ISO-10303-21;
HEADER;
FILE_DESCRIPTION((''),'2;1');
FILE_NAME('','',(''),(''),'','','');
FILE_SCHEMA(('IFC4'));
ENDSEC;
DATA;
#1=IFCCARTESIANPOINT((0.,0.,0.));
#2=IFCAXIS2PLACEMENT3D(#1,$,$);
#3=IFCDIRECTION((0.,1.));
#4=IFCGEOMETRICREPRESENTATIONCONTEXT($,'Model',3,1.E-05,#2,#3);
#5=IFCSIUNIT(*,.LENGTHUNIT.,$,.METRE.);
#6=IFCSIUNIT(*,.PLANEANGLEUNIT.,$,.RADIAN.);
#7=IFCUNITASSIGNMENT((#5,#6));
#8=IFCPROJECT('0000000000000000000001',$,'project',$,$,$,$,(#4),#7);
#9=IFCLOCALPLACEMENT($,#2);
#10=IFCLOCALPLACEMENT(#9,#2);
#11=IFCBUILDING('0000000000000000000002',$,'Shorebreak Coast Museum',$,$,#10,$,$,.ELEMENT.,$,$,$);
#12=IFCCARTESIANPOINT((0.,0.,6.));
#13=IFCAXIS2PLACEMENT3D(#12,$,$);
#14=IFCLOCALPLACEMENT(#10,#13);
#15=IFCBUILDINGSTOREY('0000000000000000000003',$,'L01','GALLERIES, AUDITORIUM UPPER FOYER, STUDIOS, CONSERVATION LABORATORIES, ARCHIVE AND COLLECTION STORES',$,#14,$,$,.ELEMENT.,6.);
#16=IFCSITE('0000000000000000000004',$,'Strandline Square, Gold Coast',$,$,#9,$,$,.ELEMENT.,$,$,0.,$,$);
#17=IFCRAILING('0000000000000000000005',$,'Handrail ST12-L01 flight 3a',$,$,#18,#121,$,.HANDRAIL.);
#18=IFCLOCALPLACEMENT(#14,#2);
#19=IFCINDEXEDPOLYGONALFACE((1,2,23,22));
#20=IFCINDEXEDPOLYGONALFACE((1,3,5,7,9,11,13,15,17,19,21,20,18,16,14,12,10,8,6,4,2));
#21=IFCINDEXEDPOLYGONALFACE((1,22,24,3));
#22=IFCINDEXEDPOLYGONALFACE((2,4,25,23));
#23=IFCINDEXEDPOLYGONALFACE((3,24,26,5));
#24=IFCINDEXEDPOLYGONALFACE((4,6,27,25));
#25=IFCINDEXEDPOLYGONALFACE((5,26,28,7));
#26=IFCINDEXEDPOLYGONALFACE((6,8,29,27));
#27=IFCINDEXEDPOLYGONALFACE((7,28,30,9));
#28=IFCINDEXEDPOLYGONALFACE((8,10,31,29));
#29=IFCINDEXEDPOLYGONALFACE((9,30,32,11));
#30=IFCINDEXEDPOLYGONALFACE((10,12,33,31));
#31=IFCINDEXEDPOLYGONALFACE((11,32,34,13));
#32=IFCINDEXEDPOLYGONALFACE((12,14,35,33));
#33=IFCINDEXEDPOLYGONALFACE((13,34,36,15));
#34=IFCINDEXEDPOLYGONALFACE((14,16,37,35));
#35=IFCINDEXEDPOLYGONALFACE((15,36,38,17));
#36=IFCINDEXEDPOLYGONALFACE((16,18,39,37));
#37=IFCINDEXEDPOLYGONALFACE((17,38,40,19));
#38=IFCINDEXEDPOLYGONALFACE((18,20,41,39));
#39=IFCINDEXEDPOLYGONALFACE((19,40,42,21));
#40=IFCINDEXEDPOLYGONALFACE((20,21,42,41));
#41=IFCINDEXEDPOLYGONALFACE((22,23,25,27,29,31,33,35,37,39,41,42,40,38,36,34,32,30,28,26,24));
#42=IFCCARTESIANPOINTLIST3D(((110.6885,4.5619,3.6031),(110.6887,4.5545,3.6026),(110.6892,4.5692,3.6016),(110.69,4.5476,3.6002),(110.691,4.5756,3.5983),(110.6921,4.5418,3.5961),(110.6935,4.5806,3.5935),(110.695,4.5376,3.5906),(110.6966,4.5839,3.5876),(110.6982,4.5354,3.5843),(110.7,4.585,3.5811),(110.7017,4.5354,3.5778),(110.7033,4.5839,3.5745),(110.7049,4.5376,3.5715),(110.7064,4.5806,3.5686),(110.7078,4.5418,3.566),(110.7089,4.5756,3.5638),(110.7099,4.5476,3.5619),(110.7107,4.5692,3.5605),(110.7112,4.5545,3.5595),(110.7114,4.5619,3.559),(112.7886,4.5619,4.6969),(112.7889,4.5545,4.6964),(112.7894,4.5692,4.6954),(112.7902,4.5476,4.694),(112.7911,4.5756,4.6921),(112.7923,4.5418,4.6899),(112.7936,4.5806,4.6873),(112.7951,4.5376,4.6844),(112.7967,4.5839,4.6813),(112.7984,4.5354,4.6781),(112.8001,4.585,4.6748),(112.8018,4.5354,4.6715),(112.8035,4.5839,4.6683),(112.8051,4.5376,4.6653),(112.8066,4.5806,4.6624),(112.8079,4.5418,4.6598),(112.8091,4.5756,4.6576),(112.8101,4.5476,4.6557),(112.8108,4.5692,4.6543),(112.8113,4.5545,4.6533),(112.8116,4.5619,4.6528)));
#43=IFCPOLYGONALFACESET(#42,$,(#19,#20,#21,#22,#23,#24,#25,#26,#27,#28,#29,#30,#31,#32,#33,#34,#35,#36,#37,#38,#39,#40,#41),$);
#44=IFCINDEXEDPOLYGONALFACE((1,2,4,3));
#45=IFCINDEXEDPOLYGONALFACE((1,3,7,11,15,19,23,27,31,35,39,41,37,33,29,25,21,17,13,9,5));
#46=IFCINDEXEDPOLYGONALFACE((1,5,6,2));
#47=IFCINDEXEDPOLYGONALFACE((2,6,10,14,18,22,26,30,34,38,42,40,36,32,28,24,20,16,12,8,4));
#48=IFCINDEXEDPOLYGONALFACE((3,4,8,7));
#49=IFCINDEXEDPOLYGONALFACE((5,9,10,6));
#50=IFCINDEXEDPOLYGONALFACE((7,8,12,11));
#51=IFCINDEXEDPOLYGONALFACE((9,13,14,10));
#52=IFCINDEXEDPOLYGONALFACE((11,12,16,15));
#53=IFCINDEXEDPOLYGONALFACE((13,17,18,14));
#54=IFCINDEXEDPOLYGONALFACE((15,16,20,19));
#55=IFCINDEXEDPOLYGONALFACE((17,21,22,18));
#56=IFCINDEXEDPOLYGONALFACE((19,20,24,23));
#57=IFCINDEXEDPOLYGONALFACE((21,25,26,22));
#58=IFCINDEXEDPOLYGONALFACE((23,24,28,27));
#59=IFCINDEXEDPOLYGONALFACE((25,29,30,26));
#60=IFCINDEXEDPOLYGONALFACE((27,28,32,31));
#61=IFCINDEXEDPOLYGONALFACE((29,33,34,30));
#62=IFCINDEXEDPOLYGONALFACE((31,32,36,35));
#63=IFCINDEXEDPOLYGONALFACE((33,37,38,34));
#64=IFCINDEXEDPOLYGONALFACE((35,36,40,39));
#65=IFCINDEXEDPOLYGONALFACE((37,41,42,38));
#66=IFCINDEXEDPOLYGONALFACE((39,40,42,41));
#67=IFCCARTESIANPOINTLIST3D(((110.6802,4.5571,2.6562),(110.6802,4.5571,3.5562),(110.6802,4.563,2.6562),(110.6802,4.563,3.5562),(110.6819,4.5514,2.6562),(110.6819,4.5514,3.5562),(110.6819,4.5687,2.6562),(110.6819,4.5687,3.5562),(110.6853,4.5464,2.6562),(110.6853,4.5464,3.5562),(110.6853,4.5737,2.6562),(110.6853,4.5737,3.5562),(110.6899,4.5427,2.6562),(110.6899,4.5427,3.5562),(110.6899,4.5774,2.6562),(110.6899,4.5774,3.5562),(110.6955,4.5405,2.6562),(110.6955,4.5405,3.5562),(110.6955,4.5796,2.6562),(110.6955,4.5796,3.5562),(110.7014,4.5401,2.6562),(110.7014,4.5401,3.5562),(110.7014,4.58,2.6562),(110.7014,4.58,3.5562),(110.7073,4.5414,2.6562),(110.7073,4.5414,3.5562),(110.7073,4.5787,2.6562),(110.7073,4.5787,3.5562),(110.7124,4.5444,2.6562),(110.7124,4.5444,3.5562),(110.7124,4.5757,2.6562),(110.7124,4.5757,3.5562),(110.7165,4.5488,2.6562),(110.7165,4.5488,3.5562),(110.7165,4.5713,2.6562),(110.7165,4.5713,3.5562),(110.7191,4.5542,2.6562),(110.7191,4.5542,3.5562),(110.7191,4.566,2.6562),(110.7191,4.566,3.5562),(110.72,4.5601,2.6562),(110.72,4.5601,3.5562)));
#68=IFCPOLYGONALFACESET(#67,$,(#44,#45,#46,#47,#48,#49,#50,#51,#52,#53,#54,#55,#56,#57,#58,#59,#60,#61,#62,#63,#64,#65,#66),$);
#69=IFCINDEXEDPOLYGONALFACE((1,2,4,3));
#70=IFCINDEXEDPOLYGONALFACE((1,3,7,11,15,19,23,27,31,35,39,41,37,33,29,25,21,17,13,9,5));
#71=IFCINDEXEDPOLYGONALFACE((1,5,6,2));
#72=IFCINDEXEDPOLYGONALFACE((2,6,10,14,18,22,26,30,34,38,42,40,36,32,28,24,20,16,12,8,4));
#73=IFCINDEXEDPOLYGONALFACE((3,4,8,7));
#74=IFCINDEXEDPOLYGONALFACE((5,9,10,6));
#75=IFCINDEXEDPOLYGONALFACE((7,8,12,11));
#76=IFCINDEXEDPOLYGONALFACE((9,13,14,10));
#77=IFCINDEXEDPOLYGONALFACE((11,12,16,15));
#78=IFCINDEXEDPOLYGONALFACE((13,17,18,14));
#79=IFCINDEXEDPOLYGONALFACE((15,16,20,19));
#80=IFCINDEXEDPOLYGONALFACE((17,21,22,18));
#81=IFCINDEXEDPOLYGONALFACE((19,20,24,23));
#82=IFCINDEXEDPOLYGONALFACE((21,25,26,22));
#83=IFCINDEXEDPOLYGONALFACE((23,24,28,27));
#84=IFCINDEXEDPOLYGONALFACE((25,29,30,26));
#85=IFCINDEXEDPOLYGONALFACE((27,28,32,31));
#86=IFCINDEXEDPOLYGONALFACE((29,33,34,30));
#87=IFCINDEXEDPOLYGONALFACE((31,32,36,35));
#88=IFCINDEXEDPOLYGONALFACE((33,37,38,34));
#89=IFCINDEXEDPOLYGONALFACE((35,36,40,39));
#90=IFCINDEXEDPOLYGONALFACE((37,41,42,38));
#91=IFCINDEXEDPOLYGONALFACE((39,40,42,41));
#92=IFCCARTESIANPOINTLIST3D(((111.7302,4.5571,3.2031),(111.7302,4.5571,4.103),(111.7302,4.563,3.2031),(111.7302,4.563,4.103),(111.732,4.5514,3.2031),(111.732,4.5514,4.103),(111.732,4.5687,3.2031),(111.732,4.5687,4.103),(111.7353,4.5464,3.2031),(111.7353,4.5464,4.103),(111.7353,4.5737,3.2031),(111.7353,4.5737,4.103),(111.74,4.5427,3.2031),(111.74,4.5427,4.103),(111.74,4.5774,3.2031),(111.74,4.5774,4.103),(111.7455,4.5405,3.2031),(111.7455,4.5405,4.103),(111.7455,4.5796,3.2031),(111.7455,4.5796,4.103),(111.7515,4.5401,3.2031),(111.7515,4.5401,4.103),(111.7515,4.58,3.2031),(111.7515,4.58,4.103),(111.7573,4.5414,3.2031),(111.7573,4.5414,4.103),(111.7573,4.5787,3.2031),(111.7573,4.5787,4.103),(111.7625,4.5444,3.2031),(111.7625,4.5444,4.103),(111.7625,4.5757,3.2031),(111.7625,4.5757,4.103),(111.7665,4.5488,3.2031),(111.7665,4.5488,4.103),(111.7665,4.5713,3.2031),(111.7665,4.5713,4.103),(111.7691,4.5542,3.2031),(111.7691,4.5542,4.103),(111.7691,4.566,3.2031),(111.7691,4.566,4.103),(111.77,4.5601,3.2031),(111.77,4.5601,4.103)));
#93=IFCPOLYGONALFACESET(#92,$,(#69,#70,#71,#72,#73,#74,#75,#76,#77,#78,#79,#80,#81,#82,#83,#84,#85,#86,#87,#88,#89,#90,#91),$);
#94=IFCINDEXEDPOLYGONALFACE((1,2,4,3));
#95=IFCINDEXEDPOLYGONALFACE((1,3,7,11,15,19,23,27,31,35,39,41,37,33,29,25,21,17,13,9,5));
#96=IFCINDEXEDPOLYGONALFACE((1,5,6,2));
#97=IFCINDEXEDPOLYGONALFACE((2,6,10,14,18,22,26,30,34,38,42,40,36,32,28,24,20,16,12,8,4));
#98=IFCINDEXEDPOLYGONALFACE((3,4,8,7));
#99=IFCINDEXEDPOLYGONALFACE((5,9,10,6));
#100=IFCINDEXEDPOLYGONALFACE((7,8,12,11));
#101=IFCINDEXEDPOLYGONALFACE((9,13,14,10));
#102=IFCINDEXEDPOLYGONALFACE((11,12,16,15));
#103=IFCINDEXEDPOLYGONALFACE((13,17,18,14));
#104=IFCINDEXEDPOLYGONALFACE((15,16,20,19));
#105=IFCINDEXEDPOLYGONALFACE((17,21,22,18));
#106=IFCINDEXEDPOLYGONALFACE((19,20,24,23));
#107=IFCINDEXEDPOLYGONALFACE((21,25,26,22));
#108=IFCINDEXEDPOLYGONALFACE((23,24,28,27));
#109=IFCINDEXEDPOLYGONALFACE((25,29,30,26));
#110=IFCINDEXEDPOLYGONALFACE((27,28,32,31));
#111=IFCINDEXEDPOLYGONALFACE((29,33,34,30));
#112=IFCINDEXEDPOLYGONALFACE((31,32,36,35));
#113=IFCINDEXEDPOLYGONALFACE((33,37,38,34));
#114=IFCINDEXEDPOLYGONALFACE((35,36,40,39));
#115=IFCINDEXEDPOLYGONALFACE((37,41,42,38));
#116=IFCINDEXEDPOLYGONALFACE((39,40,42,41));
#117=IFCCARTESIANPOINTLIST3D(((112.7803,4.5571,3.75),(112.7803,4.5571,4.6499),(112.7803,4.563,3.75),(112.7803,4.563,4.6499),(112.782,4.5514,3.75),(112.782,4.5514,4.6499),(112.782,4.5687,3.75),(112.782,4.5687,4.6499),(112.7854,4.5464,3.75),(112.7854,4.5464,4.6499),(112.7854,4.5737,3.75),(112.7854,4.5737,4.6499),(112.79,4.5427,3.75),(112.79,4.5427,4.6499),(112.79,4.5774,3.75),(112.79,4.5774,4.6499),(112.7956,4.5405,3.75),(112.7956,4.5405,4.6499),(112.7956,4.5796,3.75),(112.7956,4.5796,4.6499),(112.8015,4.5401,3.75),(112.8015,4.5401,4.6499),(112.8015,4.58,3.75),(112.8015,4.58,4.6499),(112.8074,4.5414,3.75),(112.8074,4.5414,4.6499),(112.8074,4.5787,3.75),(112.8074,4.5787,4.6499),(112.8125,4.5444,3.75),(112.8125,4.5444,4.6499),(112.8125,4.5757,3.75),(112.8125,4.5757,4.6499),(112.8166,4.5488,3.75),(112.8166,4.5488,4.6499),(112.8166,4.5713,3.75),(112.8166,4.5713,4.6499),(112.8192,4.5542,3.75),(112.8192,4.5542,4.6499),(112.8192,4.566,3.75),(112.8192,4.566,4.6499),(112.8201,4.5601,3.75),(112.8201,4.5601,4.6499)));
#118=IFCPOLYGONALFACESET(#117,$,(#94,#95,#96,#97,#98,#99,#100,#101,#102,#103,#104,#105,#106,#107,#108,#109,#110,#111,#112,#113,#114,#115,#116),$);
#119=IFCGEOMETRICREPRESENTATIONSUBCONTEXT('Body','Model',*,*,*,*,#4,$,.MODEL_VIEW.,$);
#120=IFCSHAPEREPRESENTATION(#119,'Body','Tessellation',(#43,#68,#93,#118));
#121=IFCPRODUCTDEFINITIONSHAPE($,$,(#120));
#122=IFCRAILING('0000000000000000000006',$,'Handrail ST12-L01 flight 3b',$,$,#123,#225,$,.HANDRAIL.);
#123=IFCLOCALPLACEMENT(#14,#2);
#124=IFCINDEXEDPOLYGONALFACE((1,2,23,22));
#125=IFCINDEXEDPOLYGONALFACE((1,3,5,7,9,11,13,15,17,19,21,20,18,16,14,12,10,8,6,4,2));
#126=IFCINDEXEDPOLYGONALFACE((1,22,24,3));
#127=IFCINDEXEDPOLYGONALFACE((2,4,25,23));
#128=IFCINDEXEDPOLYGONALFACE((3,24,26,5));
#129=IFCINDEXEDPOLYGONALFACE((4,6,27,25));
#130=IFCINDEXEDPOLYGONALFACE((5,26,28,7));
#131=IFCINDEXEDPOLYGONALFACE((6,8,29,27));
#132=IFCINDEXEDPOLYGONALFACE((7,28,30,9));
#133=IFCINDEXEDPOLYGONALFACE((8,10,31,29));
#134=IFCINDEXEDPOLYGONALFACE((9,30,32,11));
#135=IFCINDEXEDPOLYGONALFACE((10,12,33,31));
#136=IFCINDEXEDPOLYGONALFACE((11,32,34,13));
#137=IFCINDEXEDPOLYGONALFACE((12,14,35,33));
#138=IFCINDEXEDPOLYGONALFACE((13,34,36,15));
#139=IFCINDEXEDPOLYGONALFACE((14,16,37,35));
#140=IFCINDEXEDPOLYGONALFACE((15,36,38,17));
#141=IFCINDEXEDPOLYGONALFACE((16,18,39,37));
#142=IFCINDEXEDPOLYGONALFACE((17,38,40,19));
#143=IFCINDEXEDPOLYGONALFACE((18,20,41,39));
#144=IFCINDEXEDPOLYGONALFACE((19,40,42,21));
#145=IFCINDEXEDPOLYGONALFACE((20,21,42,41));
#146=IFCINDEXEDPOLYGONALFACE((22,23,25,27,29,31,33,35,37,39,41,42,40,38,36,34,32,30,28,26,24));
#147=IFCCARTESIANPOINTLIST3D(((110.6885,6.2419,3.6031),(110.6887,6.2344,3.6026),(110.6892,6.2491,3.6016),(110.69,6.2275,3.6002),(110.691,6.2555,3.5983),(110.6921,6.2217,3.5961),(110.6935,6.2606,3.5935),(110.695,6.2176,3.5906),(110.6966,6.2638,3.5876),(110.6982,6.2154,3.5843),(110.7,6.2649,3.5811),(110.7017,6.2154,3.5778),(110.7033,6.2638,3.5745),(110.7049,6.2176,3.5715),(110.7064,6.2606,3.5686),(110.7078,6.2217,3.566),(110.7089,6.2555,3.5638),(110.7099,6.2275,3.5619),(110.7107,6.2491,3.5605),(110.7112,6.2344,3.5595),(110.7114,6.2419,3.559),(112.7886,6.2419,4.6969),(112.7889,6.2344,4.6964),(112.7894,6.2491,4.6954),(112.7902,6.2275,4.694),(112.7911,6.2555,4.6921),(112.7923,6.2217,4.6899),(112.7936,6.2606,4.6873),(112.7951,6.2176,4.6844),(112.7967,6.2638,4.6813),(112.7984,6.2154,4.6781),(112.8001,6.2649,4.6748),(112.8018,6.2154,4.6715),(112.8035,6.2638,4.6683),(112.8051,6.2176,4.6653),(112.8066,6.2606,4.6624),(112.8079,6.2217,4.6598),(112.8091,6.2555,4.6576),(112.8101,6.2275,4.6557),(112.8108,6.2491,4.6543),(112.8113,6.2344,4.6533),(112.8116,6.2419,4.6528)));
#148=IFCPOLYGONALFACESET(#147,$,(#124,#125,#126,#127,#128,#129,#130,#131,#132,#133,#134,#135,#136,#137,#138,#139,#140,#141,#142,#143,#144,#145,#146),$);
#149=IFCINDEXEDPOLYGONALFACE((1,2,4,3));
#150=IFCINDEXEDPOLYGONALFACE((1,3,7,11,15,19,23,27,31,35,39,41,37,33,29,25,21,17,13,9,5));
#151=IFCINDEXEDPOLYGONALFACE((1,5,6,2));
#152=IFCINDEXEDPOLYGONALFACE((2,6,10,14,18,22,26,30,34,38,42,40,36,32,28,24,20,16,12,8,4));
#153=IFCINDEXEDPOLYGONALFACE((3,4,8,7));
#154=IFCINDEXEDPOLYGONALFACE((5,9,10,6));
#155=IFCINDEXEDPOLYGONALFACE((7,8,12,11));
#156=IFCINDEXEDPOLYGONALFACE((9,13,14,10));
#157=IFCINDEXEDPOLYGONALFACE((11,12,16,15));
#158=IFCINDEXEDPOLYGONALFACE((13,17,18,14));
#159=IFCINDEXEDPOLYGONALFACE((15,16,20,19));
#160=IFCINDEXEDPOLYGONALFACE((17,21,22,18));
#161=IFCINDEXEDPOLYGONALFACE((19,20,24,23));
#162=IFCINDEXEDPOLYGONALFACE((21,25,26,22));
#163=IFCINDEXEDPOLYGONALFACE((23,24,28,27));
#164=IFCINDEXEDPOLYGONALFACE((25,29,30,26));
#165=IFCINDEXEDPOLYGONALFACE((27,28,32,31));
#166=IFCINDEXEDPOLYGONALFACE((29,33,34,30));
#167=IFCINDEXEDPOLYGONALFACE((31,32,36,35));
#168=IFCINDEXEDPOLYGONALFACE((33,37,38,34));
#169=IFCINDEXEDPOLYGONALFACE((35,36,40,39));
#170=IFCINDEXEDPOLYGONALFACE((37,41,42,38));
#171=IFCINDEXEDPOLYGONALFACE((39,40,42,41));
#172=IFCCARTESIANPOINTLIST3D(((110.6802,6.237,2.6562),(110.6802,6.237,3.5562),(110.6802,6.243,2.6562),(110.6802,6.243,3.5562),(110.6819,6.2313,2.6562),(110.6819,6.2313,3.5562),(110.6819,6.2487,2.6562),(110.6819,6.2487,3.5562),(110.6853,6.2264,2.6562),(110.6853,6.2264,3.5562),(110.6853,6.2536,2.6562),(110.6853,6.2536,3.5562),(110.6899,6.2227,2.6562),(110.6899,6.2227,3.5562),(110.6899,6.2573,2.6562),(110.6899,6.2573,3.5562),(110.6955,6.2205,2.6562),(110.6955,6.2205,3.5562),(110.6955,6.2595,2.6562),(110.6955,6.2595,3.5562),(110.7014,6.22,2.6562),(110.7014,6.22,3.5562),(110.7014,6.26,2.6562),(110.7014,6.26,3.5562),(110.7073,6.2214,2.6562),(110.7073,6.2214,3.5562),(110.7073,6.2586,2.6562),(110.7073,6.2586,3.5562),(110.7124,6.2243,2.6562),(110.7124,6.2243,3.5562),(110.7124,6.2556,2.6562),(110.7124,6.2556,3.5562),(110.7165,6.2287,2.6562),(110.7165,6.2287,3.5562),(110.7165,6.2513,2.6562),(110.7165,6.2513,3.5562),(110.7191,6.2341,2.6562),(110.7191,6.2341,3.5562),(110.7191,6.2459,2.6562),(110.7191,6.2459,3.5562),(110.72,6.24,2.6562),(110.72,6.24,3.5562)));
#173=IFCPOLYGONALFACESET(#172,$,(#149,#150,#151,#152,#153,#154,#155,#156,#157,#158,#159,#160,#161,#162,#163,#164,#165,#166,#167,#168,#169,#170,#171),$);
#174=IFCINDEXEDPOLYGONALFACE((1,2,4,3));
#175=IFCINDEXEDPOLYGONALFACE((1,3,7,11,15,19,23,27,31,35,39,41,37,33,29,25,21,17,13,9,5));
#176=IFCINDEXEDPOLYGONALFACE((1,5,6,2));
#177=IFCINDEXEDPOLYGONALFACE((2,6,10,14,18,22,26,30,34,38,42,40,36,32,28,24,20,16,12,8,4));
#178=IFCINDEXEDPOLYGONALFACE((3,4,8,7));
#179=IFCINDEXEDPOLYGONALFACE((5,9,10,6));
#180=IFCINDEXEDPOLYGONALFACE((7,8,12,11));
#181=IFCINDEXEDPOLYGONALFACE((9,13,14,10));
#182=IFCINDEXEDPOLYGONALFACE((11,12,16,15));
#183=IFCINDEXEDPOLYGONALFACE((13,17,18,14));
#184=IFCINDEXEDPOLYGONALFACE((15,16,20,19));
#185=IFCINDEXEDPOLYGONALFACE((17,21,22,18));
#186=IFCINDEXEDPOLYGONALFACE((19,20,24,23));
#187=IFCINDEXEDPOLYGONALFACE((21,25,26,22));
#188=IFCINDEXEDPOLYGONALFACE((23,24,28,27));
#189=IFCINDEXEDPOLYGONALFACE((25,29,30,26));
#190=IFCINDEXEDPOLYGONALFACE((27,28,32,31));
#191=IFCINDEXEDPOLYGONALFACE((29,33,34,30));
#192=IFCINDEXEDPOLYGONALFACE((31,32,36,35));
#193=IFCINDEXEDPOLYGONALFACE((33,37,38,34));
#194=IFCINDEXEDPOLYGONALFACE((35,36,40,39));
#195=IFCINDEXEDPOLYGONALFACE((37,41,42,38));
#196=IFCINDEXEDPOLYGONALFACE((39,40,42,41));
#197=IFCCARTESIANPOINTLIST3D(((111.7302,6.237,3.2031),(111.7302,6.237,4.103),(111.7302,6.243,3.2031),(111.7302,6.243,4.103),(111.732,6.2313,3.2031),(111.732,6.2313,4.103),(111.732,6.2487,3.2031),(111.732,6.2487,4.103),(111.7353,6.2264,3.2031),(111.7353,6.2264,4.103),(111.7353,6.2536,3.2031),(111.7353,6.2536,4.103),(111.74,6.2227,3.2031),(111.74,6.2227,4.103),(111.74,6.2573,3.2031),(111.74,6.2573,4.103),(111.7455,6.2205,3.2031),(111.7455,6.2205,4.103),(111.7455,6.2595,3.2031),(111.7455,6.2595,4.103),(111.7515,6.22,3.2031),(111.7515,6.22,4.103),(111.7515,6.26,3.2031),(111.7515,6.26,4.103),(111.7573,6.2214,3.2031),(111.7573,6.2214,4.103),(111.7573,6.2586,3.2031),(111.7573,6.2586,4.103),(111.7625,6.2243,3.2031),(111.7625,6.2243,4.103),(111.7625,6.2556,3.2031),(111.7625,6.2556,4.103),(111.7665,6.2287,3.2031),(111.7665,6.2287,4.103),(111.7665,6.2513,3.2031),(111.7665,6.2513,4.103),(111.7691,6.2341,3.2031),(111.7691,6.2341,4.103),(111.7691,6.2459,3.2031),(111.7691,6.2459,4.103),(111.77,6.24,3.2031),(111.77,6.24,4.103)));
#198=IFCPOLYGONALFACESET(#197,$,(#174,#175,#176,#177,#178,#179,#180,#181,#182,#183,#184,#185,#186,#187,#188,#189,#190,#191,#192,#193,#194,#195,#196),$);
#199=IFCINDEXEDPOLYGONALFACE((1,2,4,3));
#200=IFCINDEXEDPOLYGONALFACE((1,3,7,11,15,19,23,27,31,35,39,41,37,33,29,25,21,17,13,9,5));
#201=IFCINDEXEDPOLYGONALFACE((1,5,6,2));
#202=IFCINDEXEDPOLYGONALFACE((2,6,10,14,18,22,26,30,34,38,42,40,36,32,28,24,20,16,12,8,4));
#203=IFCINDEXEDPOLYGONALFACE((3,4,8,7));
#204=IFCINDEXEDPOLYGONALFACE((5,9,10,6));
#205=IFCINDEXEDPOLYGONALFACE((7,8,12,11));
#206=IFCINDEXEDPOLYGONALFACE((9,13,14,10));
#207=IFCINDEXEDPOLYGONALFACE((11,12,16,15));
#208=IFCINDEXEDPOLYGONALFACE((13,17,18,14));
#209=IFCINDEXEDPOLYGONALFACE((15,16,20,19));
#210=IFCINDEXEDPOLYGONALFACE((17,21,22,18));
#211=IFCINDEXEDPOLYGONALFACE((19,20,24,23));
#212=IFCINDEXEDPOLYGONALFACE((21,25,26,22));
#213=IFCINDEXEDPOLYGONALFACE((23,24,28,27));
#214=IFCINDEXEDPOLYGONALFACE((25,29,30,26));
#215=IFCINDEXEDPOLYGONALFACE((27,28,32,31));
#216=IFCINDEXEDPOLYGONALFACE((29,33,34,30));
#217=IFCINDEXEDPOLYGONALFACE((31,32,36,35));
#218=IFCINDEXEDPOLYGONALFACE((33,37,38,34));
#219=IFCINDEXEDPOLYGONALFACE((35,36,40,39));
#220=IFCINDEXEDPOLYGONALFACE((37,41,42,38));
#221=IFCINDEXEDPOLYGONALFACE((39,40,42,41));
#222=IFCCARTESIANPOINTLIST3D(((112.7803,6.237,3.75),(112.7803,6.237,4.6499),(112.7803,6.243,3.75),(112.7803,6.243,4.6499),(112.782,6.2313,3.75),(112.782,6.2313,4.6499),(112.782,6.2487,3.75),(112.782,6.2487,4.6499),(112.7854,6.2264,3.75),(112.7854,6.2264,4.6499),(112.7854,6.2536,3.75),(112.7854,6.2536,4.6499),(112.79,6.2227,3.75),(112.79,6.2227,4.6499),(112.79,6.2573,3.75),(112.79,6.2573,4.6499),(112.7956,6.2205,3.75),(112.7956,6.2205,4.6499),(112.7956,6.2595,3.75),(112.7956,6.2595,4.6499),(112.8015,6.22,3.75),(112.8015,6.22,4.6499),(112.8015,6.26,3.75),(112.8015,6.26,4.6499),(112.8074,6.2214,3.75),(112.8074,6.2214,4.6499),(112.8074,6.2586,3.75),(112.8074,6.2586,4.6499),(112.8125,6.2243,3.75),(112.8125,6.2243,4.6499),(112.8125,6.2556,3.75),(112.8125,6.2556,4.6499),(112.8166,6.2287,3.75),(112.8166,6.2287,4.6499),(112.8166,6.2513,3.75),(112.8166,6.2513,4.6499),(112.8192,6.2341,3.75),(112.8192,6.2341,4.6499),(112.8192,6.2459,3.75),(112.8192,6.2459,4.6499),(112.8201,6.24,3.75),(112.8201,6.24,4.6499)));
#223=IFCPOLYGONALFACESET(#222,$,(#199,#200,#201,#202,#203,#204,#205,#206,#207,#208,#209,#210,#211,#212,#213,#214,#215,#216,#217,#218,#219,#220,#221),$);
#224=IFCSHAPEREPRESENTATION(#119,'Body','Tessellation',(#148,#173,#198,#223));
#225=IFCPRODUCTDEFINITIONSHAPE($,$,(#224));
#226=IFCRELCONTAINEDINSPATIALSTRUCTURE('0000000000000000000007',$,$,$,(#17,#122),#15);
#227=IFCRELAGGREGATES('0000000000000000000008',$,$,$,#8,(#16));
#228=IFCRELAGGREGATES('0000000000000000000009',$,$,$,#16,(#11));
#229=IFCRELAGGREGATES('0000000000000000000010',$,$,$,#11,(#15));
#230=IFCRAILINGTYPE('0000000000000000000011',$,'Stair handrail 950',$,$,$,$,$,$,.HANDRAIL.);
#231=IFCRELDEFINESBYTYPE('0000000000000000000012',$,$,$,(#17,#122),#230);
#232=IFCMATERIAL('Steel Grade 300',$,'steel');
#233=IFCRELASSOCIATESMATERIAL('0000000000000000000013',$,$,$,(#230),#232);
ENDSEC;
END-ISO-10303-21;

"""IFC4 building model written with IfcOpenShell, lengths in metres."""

from ifc_helpers import new_model, si_unit, direction, frame, origin, origin_2d, place, context, subcontext, project, spatial, circle, extrude, material, type_object, element, save


model = new_model("IFC4")

# Units and contexts
model_context = context("Model", 3, precision=1e-05, world=origin(), true_north=direction((0.0, 1.0)))
body_context = subcontext(model_context, "Body", "Model", "MODEL_VIEW")
ifc_project = project(units=[si_unit("LENGTHUNIT", "METRE"), si_unit("PLANEANGLEUNIT", "RADIAN")], contexts=[model_context])

# Site, building, storey
site_placement = place(None, origin())
site = spatial("IfcSite", under=ifc_project, at=site_placement, Name="Strandline Square, Gold Coast", CompositionType="ELEMENT", RefElevation=0.0)
building_placement = place(site_placement, origin())
building = spatial("IfcBuilding", under=site, at=building_placement, Name="Shorebreak Coast Museum", CompositionType="ELEMENT")
storey_placement = place(building_placement, frame((0.0, 0.0, 6.0)))
storey = spatial("IfcBuildingStorey", under=building, at=storey_placement, Name="L01", Description="GALLERIES, AUDITORIUM UPPER FOYER, STUDIOS, CONSERVATION LABORATORIES, ARCHIVE AND COLLECTION STORES", CompositionType="ELEMENT", Elevation=6.0)

# Railings
ifc_material_1 = material(Name="Steel Grade 300", Category="steel")
railing_type_1 = type_object("IfcRailingType", Name="Stair handrail 950", PredefinedType="HANDRAIL", material=ifc_material_1)
for number, where, name in (
    (1, (110.7, 4.5601, 2.6562), "Handrail ST12-L01 flight 3a"),
    (2, (110.7, 6.24, 2.6562), "Handrail ST12-L01 flight 3b"),
):
    element("IfcRailing", number, at=place(storey_placement, frame(where)), inside=storey, type_object=railing_type_1, Name=name, PredefinedType="HANDRAIL", context=body_context, shape_type="SweptSolid", body=[
        extrude(circle(Radius=0.0249, at=origin_2d()), frame((0.0, 0.0, 0.9248), z_axis=(0.886923, 0.0, 0.461918), x_axis=(0.0, 1.0, 0.0)), (0.0, 0.0, 1.0), 2.3679),
        extrude(circle(Radius=0.02, at=origin_2d()), origin(), (0.0, 0.0, 1.0), 0.8999),
        extrude(circle(Radius=0.02, at=origin_2d()), frame((1.05, 0.0, 0.5469)), (0.0, 0.0, 1.0), 0.8999),
        extrude(circle(Radius=0.02, at=origin_2d()), frame((2.1001, 0.0, 1.0938)), (0.0, 0.0, 1.0), 0.8999),
    ])

save(model, "model.ifc")
